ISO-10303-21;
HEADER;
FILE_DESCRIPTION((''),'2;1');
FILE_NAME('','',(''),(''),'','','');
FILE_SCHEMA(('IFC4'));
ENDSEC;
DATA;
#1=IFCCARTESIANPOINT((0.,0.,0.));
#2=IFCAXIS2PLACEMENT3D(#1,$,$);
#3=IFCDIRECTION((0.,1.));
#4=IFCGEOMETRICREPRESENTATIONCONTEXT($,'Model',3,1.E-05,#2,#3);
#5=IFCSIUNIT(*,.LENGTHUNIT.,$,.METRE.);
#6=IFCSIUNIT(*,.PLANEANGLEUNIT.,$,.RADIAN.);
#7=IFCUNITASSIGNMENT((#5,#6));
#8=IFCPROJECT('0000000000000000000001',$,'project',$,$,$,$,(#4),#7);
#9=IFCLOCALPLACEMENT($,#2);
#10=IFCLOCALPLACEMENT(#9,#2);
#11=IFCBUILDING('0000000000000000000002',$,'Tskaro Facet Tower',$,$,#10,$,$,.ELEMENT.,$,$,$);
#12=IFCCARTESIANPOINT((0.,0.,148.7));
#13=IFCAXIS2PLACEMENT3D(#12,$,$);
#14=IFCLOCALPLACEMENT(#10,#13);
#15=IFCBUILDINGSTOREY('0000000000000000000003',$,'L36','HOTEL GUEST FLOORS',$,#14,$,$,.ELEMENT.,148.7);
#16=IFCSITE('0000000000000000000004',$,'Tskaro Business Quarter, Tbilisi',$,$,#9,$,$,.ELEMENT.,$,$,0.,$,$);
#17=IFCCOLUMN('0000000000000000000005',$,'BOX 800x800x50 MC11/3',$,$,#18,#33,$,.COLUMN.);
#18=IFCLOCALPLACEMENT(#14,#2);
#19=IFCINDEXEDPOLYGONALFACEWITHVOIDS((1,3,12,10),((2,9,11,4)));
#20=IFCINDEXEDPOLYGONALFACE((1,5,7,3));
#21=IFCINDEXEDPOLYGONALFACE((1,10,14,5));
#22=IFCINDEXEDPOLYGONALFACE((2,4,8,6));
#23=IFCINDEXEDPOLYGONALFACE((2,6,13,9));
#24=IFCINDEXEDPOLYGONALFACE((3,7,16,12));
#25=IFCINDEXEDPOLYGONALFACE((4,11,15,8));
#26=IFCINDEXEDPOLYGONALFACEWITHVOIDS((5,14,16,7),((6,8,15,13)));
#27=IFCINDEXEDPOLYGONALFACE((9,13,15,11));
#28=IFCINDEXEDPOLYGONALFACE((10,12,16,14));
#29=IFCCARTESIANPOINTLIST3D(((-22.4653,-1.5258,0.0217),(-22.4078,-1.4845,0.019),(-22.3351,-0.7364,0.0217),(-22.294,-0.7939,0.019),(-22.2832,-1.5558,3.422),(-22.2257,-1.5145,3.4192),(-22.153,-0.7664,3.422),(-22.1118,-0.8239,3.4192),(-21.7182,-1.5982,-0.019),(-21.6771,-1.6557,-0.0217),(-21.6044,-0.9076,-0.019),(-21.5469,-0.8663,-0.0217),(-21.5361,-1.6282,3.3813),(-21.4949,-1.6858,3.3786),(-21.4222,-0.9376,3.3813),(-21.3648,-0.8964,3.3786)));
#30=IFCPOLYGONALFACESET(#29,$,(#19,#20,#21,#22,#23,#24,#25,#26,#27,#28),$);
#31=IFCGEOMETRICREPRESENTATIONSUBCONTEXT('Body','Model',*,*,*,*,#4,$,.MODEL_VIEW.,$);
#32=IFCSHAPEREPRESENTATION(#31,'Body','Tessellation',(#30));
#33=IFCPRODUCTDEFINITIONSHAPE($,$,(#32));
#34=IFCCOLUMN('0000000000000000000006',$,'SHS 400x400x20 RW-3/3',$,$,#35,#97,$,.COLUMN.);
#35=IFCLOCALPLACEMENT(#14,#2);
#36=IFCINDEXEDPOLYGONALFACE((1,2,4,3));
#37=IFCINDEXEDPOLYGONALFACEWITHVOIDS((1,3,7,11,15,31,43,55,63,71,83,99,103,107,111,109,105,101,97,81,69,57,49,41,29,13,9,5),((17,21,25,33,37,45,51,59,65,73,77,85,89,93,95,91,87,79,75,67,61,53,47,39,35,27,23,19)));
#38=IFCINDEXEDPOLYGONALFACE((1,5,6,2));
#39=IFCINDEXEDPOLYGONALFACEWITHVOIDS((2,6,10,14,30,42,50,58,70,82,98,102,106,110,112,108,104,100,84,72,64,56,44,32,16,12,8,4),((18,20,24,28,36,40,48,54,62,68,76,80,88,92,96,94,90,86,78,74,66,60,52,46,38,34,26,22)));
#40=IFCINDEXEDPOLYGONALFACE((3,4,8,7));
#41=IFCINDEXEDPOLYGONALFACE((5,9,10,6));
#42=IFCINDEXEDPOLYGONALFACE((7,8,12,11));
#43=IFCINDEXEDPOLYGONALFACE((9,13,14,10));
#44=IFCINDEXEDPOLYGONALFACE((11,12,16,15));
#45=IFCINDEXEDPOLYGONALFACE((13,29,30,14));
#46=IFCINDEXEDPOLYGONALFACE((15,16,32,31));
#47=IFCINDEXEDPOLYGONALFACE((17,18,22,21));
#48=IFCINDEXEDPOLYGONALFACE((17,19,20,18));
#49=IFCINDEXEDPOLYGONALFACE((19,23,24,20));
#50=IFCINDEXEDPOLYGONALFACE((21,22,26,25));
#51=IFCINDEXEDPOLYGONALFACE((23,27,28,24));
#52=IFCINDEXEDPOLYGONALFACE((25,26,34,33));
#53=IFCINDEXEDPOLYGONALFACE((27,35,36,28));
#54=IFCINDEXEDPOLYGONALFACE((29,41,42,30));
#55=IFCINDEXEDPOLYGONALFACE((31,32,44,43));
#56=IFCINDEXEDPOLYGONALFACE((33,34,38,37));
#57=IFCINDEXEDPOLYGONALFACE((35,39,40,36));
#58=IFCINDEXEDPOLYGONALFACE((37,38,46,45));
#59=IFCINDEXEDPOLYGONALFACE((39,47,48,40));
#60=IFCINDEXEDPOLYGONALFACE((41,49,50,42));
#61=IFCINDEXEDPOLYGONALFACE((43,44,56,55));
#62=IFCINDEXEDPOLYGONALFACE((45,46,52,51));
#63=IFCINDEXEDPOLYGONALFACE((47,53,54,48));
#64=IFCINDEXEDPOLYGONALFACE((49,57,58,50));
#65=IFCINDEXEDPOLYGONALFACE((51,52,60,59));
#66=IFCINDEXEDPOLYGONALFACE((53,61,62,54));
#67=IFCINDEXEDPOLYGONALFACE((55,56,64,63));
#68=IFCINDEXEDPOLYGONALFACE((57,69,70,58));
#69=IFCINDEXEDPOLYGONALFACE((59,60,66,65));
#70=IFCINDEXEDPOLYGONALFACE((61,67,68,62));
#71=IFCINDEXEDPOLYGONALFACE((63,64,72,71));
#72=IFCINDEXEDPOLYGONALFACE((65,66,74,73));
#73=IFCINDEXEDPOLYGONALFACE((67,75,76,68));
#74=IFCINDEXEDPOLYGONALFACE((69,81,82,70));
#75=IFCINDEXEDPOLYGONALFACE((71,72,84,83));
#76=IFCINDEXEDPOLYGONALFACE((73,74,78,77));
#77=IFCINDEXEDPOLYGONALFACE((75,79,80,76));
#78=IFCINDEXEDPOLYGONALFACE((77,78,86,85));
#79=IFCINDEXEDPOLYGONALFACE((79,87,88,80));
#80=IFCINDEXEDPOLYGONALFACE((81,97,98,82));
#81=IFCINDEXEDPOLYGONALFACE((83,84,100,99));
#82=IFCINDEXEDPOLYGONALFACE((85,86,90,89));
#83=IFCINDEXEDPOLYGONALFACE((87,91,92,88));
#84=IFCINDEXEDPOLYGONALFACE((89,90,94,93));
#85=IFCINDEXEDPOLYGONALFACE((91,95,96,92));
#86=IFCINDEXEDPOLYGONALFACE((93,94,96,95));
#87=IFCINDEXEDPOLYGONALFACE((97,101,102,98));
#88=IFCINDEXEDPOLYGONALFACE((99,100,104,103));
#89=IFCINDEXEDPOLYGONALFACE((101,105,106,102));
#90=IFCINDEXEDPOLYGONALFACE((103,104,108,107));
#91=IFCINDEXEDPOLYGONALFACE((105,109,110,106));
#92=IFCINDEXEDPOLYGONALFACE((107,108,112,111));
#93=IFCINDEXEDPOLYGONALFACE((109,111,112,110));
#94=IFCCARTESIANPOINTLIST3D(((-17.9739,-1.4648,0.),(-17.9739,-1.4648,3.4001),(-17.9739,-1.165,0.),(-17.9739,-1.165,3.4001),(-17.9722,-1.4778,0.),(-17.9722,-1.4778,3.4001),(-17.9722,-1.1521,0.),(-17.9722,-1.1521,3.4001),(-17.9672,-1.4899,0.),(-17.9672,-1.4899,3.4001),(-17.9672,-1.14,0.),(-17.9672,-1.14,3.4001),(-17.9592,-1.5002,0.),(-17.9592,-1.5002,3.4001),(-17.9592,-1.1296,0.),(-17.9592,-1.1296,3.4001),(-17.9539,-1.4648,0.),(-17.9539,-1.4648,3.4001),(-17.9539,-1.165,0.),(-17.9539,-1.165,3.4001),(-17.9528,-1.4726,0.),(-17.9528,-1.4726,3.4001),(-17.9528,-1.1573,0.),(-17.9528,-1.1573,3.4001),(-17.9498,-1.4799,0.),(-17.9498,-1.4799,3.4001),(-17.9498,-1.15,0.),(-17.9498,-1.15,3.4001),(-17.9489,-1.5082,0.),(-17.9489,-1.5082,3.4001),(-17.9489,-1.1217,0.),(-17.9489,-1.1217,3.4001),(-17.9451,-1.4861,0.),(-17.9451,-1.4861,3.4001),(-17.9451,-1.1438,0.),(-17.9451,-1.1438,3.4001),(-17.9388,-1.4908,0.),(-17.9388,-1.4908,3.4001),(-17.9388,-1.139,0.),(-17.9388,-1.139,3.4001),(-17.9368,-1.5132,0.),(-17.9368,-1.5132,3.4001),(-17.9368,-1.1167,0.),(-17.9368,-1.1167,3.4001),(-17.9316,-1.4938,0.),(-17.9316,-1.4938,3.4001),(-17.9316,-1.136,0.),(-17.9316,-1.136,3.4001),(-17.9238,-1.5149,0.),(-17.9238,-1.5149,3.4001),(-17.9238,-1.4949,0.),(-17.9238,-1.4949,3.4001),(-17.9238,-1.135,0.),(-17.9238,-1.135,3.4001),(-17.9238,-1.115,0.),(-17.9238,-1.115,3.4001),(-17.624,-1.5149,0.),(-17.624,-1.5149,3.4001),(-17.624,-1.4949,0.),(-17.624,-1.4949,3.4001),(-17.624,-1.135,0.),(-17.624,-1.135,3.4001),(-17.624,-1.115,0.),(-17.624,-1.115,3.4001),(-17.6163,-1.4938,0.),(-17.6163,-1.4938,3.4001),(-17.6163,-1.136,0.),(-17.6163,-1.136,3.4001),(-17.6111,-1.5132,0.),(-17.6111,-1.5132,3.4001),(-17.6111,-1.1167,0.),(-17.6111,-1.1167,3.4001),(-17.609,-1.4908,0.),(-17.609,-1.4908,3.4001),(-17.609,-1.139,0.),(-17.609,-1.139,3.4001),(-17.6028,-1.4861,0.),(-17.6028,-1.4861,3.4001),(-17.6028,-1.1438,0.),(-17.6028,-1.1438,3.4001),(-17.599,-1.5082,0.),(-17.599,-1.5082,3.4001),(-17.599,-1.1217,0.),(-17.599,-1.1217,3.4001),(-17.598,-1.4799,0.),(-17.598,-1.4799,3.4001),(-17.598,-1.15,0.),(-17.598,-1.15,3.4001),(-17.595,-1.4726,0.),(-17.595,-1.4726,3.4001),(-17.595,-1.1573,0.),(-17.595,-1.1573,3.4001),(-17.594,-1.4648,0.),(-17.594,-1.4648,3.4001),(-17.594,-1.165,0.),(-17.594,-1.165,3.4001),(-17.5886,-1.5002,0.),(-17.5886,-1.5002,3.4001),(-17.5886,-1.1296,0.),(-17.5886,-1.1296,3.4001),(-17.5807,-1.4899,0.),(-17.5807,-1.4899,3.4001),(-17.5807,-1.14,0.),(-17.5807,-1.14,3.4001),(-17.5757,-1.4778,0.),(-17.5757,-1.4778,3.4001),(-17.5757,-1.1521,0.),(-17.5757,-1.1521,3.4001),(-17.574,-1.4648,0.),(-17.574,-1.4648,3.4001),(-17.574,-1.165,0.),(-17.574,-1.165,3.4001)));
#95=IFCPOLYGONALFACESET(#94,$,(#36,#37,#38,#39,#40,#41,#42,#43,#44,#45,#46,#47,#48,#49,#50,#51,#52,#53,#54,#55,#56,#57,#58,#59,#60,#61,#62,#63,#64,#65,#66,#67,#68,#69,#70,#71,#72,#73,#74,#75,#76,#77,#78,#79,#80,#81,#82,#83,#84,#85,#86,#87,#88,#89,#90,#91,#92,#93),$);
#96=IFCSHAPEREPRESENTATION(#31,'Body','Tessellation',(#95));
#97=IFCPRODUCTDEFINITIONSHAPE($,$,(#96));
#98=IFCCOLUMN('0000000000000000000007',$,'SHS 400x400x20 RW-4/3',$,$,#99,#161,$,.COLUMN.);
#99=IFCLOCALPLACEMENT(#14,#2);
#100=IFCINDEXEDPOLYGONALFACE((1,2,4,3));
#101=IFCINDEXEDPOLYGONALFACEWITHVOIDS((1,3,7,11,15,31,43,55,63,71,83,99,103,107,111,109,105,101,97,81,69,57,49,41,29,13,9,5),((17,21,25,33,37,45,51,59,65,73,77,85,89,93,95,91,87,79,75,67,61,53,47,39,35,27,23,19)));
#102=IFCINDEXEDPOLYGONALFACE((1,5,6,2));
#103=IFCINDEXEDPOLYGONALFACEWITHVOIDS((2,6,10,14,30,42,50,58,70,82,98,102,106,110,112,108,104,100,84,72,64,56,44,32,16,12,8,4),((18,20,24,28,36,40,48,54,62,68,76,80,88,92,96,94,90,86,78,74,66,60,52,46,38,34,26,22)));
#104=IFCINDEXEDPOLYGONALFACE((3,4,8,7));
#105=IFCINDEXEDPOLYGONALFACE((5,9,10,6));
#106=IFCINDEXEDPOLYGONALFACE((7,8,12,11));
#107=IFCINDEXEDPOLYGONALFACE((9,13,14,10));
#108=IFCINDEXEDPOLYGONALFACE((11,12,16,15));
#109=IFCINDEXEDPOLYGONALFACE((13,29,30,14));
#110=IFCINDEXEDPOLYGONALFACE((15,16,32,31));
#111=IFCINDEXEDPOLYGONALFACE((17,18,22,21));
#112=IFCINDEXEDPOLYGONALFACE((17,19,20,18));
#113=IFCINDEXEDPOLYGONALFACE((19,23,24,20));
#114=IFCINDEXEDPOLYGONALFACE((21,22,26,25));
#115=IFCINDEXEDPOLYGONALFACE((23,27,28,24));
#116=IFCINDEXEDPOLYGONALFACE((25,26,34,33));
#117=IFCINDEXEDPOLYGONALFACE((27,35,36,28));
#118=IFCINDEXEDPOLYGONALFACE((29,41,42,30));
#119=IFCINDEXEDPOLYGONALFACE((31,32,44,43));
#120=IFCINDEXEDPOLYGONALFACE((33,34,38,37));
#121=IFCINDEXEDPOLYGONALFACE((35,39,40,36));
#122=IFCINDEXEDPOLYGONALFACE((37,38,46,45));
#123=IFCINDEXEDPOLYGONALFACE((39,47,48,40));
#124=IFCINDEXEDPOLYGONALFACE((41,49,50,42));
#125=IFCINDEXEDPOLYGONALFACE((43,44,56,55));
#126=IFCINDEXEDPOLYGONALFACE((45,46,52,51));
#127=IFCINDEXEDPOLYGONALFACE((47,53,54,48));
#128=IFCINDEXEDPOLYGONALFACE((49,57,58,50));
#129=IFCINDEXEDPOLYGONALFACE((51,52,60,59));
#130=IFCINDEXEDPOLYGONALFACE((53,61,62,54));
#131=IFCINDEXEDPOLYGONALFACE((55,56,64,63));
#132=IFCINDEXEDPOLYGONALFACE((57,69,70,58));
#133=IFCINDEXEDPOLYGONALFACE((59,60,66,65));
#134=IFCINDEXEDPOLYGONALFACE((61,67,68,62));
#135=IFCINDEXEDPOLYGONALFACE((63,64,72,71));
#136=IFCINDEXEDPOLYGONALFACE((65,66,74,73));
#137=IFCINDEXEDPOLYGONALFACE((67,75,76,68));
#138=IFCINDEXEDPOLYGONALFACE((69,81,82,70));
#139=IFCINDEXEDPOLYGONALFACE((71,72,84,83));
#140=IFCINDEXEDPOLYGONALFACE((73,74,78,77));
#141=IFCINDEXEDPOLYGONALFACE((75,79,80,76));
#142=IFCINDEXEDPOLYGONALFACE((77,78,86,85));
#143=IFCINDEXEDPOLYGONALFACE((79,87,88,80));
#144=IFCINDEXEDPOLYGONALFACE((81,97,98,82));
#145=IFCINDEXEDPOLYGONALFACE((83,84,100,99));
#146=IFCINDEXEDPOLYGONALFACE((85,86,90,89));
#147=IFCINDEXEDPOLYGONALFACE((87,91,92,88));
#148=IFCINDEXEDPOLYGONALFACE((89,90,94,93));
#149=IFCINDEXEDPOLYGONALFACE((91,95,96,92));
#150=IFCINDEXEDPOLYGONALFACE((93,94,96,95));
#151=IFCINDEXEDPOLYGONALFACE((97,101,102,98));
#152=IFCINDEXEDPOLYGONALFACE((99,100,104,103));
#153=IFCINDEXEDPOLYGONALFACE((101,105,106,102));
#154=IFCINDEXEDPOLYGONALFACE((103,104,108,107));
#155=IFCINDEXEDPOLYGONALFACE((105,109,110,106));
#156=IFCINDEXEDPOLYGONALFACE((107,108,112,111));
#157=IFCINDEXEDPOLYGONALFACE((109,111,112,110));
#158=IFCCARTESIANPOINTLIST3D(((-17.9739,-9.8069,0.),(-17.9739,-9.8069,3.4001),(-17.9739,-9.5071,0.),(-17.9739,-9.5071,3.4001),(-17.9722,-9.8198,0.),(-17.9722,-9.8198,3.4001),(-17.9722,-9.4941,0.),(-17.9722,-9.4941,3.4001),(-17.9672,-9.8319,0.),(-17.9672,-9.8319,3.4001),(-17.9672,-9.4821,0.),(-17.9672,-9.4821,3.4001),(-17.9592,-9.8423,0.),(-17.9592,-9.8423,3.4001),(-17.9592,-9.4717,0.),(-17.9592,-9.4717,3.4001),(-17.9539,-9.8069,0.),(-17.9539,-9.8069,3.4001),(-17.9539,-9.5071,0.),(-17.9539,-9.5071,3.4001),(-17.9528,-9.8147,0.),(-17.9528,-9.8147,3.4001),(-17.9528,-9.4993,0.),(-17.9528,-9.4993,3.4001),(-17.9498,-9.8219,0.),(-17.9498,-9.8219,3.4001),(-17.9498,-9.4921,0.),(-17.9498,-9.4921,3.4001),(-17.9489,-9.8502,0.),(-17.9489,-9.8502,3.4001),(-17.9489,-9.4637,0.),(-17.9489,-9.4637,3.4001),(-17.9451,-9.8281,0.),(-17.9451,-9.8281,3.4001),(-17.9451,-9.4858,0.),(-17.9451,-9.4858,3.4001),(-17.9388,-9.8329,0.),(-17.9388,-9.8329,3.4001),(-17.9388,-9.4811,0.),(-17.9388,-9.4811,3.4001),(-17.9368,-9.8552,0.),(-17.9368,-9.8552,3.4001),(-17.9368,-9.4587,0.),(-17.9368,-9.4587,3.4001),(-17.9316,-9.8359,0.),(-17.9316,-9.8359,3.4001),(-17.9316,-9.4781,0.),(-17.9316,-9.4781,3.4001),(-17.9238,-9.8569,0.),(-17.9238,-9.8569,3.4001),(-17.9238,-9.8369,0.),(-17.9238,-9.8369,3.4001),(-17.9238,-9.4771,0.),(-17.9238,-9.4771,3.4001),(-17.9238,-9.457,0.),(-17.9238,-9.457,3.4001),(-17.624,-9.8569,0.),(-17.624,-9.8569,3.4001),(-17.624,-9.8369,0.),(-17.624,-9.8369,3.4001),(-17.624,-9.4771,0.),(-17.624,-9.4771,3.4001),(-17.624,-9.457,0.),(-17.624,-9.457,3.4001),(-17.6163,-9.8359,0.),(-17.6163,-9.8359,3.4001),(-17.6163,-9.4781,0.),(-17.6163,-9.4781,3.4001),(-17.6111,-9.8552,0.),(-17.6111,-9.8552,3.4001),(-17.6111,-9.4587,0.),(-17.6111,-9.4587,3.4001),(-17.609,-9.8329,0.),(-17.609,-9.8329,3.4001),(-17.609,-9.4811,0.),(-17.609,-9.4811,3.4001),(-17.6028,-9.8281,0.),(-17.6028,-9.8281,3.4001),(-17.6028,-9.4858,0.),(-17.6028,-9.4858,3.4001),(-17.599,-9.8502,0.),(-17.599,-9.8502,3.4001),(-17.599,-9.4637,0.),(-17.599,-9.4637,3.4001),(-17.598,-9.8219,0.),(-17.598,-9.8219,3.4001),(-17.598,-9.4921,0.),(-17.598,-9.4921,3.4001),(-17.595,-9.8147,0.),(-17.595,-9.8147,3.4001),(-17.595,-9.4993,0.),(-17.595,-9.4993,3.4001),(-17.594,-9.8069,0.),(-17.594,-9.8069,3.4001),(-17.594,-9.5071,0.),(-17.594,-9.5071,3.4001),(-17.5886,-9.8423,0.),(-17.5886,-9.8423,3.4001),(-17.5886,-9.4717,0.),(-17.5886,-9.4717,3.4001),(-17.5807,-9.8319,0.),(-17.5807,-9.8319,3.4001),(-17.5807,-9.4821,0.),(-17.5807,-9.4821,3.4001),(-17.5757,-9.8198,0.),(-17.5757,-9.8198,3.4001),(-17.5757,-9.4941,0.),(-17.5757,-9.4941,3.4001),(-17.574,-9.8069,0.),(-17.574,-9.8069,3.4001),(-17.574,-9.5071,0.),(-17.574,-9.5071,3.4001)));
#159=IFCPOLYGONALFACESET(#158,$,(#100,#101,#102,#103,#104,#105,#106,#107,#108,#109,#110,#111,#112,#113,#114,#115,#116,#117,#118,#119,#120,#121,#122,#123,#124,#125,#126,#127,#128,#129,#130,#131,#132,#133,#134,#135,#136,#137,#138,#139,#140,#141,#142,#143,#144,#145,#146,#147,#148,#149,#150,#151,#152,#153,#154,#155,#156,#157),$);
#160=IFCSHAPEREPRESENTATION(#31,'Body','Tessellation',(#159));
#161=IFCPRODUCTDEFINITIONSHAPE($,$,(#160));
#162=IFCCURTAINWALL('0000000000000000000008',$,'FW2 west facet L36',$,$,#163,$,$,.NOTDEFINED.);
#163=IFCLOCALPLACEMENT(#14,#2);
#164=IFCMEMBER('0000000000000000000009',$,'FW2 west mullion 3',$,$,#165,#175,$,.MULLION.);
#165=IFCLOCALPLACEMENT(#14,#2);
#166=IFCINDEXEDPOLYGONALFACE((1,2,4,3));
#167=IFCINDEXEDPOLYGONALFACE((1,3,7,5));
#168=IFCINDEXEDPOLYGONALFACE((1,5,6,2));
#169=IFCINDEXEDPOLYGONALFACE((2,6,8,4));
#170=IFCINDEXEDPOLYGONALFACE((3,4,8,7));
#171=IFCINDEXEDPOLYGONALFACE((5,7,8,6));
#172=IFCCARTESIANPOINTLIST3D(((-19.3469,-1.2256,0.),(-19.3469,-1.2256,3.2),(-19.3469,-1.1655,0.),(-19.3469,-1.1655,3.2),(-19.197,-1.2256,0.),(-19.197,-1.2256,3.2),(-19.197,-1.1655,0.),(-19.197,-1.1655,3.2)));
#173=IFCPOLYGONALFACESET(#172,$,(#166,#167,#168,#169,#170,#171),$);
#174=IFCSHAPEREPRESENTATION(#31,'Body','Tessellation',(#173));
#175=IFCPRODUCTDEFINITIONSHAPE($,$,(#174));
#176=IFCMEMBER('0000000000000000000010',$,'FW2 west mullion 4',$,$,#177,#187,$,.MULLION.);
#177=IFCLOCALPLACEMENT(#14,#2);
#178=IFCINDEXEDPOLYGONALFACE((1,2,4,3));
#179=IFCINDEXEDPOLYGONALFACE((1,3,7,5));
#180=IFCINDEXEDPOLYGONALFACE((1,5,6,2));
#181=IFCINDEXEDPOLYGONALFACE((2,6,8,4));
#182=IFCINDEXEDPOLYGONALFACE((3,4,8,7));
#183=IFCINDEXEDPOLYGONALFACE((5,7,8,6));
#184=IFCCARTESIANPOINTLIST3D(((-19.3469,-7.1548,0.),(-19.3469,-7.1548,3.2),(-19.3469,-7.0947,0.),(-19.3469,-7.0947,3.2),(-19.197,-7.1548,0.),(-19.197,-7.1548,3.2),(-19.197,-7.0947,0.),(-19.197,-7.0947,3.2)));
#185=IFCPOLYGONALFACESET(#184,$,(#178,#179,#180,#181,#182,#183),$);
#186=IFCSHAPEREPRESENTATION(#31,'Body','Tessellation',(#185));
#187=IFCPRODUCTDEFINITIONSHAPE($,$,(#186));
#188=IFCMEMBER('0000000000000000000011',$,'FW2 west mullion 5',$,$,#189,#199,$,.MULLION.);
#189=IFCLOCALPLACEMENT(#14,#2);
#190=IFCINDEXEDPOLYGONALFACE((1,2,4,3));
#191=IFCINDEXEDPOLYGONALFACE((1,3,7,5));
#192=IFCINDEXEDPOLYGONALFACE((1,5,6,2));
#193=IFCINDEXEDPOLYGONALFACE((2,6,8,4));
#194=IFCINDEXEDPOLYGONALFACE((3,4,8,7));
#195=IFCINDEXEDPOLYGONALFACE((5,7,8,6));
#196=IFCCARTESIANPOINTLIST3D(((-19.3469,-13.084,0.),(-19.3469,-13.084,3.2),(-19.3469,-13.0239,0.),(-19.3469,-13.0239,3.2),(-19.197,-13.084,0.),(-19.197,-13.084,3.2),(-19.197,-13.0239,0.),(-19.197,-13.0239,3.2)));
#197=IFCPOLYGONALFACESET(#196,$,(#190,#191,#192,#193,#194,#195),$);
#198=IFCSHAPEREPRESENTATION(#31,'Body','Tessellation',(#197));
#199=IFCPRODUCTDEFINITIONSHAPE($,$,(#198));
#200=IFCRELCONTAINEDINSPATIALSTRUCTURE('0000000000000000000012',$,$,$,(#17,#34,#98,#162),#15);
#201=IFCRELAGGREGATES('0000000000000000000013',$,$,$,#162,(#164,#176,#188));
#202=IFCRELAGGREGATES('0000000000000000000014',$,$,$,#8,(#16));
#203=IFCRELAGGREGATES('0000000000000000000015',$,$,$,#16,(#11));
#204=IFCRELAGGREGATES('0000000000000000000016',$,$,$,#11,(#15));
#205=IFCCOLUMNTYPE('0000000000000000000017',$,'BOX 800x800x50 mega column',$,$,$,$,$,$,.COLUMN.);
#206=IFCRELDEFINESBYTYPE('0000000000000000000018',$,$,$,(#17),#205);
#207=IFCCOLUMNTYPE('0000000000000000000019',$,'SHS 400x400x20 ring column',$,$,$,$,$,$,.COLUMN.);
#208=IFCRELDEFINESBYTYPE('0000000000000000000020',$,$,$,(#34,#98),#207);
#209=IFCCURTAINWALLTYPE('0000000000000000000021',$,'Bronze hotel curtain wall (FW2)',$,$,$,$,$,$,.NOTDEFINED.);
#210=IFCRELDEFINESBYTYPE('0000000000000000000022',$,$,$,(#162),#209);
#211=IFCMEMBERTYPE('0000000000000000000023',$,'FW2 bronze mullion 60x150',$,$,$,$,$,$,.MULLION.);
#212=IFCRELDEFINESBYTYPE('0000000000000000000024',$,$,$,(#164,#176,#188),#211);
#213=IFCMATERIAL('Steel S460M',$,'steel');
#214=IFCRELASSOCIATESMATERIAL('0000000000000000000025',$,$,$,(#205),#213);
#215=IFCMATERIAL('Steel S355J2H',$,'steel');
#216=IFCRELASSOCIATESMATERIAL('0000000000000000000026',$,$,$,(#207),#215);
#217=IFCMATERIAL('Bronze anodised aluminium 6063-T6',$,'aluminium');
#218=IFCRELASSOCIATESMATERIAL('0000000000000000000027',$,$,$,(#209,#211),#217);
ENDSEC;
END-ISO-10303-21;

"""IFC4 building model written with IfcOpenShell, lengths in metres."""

from ifc_helpers import new_model, si_unit, direction, frame, origin, origin_2d, place, context, subcontext, project, spatial, rectangle, hollow_rectangle, extrude, material, material_profile, profile_set, type_object, element, aggregate, save


model = new_model("IFC4")

# Units and contexts
model_context = context("Model", 3, precision=1e-05, world=origin(), true_north=direction((0.0, 1.0)))
body_context = subcontext(model_context, "Body", "Model", "MODEL_VIEW")
ifc_project = project(units=[si_unit("LENGTHUNIT", "METRE"), si_unit("PLANEANGLEUNIT", "RADIAN")], contexts=[model_context])

# Site, building, storey
site_placement = place(None, origin())
site = spatial("IfcSite", under=ifc_project, at=site_placement, Name="Tskaro Business Quarter, Tbilisi", CompositionType="ELEMENT", RefElevation=0.0)
building_placement = place(site_placement, origin())
building = spatial("IfcBuilding", under=site, at=building_placement, Name="Tskaro Facet Tower", CompositionType="ELEMENT")
storey_placement = place(building_placement, frame((0.0, 0.0, 148.7)))
storey = spatial("IfcBuildingStorey", under=building, at=storey_placement, Name="L36", Description="HOTEL GUEST FLOORS", CompositionType="ELEMENT", Elevation=148.7)

# Columns
ifc_material_1 = material(Name="Steel S460M", Category="steel")
ifc_material_profile_1 = material_profile(ifc_material_1, hollow_rectangle(XDim=0.8, YDim=0.8, WallThickness=0.05, at=origin_2d()), Name="BOX 800x800x50")
ifc_profile_set_1 = profile_set([ifc_material_profile_1], Name="Steel S460M")
column_type_1 = type_object("IfcColumnType", Name="BOX 800x800x50 mega column", PredefinedType="COLUMN", material=ifc_profile_set_1)
column_placement = place(storey_placement, frame((-22.0061, -1.196, 0.0), z_axis=(0.053486, -0.008819, 0.99853), x_axis=(0.162683, 0.986678, 0.0)))
element("IfcColumn", 1, at=column_placement, inside=storey, type_object=column_type_1, Name="BOX 800x800x50 MC11/3", PredefinedType="COLUMN", context=body_context, shape_type="SweptSolid", body=[
    extrude(hollow_rectangle(XDim=0.8, YDim=0.8, WallThickness=0.05, at=origin_2d()), origin(), (0.0, 0.0, 1.0), 3.4053),
])
ifc_material_2 = material(Name="Steel S355J2H", Category="steel")
ifc_material_profile_2 = material_profile(ifc_material_2, hollow_rectangle(XDim=0.3999, YDim=0.3999, WallThickness=0.02, InnerFilletRadius=0.03, OuterFilletRadius=0.05, at=origin_2d()), Name="SHS 400x400x20")
ifc_profile_set_2 = profile_set([ifc_material_profile_2], Name="Steel S355J2H")
column_type_2 = type_object("IfcColumnType", Name="SHS 400x400x20 ring column", PredefinedType="COLUMN", material=ifc_profile_set_2)
for number, where, z_axis, x_axis, name in (
    (2, (-17.7739, -1.3149, 0.0), (0.0, 0.0, 1.0), (1.0, 0.0, 0.0), "SHS 400x400x20 RW-3/3"),
    (3, (-17.7739, -9.657, 0.0), (0.0, 0.0, 1.0), (1.0, 0.0, 0.0), "SHS 400x400x20 RW-4/3"),
):
    element("IfcColumn", number, at=place(storey_placement, frame(where, z_axis=z_axis, x_axis=x_axis)), inside=storey, type_object=column_type_2, Name=name, PredefinedType="COLUMN", context=body_context, shape_type="SweptSolid", body=[
        extrude(hollow_rectangle(XDim=0.3999, YDim=0.3999, WallThickness=0.02, InnerFilletRadius=0.03, OuterFilletRadius=0.05, at=origin_2d()), origin(), (0.0, 0.0, 1.0), 3.4001),
    ])

# Curtain wall, members
ifc_material_3 = material(Name="Bronze anodised aluminium 6063-T6", Category="aluminium")
curtain_wall_type = type_object("IfcCurtainWallType", Name="Bronze hotel curtain wall (FW2)", PredefinedType="NOTDEFINED", material=ifc_material_3)
curtain_wall_placement = place(storey_placement, origin())
curtain_wall = element("IfcCurtainWall", 4, at=curtain_wall_placement, inside=storey, type_object=curtain_wall_type, Name="FW2 west facet L36", PredefinedType="NOTDEFINED")
ifc_material_profile_3 = material_profile(ifc_material_3, rectangle(XDim=0.0601, YDim=0.1499, at=origin_2d()), Name="Mullion 60x150")
ifc_profile_set_3 = profile_set([ifc_material_profile_3], Name="Bronze anodised aluminium 6063-T6")
member_type_1 = type_object("IfcMemberType", Name="FW2 bronze mullion 60x150", PredefinedType="MULLION", material=ifc_profile_set_3)
member_1_placement = place(storey_placement, frame((-19.272, -1.1956, 0.0), z_axis=(0.0, 0.0, 1.0), x_axis=(0.0, -1.0, 0.0)))
member_1 = element("IfcMember", 5, at=member_1_placement, type_object=member_type_1, Name="FW2 west mullion 3", PredefinedType="MULLION", context=body_context, shape_type="SweptSolid", body=[
    extrude(rectangle(XDim=0.0601, YDim=0.1499, at=origin_2d()), origin(), (0.0, 0.0, 1.0), 3.2),
])
member_2_placement = place(storey_placement, frame((-19.272, -7.1248, 0.0), z_axis=(0.0, 0.0, 1.0), x_axis=(0.0, -1.0, 0.0)))
member_2 = element("IfcMember", 6, at=member_2_placement, type_object=member_type_1, Name="FW2 west mullion 4", PredefinedType="MULLION", context=body_context, shape_type="SweptSolid", body=[
    extrude(rectangle(XDim=0.0601, YDim=0.1499, at=origin_2d()), origin(), (0.0, 0.0, 1.0), 3.2),
])
member_3_placement = place(storey_placement, frame((-19.272, -13.054, 0.0), z_axis=(0.0, 0.0, 1.0), x_axis=(0.0, -1.0, 0.0)))
member_3 = element("IfcMember", 7, at=member_3_placement, type_object=member_type_1, Name="FW2 west mullion 5", PredefinedType="MULLION", context=body_context, shape_type="SweptSolid", body=[
    extrude(rectangle(XDim=0.0601, YDim=0.1499, at=origin_2d()), origin(), (0.0, 0.0, 1.0), 3.2),
])

aggregate(curtain_wall, [member_1, member_2, member_3])

save(model, "model.ifc")
